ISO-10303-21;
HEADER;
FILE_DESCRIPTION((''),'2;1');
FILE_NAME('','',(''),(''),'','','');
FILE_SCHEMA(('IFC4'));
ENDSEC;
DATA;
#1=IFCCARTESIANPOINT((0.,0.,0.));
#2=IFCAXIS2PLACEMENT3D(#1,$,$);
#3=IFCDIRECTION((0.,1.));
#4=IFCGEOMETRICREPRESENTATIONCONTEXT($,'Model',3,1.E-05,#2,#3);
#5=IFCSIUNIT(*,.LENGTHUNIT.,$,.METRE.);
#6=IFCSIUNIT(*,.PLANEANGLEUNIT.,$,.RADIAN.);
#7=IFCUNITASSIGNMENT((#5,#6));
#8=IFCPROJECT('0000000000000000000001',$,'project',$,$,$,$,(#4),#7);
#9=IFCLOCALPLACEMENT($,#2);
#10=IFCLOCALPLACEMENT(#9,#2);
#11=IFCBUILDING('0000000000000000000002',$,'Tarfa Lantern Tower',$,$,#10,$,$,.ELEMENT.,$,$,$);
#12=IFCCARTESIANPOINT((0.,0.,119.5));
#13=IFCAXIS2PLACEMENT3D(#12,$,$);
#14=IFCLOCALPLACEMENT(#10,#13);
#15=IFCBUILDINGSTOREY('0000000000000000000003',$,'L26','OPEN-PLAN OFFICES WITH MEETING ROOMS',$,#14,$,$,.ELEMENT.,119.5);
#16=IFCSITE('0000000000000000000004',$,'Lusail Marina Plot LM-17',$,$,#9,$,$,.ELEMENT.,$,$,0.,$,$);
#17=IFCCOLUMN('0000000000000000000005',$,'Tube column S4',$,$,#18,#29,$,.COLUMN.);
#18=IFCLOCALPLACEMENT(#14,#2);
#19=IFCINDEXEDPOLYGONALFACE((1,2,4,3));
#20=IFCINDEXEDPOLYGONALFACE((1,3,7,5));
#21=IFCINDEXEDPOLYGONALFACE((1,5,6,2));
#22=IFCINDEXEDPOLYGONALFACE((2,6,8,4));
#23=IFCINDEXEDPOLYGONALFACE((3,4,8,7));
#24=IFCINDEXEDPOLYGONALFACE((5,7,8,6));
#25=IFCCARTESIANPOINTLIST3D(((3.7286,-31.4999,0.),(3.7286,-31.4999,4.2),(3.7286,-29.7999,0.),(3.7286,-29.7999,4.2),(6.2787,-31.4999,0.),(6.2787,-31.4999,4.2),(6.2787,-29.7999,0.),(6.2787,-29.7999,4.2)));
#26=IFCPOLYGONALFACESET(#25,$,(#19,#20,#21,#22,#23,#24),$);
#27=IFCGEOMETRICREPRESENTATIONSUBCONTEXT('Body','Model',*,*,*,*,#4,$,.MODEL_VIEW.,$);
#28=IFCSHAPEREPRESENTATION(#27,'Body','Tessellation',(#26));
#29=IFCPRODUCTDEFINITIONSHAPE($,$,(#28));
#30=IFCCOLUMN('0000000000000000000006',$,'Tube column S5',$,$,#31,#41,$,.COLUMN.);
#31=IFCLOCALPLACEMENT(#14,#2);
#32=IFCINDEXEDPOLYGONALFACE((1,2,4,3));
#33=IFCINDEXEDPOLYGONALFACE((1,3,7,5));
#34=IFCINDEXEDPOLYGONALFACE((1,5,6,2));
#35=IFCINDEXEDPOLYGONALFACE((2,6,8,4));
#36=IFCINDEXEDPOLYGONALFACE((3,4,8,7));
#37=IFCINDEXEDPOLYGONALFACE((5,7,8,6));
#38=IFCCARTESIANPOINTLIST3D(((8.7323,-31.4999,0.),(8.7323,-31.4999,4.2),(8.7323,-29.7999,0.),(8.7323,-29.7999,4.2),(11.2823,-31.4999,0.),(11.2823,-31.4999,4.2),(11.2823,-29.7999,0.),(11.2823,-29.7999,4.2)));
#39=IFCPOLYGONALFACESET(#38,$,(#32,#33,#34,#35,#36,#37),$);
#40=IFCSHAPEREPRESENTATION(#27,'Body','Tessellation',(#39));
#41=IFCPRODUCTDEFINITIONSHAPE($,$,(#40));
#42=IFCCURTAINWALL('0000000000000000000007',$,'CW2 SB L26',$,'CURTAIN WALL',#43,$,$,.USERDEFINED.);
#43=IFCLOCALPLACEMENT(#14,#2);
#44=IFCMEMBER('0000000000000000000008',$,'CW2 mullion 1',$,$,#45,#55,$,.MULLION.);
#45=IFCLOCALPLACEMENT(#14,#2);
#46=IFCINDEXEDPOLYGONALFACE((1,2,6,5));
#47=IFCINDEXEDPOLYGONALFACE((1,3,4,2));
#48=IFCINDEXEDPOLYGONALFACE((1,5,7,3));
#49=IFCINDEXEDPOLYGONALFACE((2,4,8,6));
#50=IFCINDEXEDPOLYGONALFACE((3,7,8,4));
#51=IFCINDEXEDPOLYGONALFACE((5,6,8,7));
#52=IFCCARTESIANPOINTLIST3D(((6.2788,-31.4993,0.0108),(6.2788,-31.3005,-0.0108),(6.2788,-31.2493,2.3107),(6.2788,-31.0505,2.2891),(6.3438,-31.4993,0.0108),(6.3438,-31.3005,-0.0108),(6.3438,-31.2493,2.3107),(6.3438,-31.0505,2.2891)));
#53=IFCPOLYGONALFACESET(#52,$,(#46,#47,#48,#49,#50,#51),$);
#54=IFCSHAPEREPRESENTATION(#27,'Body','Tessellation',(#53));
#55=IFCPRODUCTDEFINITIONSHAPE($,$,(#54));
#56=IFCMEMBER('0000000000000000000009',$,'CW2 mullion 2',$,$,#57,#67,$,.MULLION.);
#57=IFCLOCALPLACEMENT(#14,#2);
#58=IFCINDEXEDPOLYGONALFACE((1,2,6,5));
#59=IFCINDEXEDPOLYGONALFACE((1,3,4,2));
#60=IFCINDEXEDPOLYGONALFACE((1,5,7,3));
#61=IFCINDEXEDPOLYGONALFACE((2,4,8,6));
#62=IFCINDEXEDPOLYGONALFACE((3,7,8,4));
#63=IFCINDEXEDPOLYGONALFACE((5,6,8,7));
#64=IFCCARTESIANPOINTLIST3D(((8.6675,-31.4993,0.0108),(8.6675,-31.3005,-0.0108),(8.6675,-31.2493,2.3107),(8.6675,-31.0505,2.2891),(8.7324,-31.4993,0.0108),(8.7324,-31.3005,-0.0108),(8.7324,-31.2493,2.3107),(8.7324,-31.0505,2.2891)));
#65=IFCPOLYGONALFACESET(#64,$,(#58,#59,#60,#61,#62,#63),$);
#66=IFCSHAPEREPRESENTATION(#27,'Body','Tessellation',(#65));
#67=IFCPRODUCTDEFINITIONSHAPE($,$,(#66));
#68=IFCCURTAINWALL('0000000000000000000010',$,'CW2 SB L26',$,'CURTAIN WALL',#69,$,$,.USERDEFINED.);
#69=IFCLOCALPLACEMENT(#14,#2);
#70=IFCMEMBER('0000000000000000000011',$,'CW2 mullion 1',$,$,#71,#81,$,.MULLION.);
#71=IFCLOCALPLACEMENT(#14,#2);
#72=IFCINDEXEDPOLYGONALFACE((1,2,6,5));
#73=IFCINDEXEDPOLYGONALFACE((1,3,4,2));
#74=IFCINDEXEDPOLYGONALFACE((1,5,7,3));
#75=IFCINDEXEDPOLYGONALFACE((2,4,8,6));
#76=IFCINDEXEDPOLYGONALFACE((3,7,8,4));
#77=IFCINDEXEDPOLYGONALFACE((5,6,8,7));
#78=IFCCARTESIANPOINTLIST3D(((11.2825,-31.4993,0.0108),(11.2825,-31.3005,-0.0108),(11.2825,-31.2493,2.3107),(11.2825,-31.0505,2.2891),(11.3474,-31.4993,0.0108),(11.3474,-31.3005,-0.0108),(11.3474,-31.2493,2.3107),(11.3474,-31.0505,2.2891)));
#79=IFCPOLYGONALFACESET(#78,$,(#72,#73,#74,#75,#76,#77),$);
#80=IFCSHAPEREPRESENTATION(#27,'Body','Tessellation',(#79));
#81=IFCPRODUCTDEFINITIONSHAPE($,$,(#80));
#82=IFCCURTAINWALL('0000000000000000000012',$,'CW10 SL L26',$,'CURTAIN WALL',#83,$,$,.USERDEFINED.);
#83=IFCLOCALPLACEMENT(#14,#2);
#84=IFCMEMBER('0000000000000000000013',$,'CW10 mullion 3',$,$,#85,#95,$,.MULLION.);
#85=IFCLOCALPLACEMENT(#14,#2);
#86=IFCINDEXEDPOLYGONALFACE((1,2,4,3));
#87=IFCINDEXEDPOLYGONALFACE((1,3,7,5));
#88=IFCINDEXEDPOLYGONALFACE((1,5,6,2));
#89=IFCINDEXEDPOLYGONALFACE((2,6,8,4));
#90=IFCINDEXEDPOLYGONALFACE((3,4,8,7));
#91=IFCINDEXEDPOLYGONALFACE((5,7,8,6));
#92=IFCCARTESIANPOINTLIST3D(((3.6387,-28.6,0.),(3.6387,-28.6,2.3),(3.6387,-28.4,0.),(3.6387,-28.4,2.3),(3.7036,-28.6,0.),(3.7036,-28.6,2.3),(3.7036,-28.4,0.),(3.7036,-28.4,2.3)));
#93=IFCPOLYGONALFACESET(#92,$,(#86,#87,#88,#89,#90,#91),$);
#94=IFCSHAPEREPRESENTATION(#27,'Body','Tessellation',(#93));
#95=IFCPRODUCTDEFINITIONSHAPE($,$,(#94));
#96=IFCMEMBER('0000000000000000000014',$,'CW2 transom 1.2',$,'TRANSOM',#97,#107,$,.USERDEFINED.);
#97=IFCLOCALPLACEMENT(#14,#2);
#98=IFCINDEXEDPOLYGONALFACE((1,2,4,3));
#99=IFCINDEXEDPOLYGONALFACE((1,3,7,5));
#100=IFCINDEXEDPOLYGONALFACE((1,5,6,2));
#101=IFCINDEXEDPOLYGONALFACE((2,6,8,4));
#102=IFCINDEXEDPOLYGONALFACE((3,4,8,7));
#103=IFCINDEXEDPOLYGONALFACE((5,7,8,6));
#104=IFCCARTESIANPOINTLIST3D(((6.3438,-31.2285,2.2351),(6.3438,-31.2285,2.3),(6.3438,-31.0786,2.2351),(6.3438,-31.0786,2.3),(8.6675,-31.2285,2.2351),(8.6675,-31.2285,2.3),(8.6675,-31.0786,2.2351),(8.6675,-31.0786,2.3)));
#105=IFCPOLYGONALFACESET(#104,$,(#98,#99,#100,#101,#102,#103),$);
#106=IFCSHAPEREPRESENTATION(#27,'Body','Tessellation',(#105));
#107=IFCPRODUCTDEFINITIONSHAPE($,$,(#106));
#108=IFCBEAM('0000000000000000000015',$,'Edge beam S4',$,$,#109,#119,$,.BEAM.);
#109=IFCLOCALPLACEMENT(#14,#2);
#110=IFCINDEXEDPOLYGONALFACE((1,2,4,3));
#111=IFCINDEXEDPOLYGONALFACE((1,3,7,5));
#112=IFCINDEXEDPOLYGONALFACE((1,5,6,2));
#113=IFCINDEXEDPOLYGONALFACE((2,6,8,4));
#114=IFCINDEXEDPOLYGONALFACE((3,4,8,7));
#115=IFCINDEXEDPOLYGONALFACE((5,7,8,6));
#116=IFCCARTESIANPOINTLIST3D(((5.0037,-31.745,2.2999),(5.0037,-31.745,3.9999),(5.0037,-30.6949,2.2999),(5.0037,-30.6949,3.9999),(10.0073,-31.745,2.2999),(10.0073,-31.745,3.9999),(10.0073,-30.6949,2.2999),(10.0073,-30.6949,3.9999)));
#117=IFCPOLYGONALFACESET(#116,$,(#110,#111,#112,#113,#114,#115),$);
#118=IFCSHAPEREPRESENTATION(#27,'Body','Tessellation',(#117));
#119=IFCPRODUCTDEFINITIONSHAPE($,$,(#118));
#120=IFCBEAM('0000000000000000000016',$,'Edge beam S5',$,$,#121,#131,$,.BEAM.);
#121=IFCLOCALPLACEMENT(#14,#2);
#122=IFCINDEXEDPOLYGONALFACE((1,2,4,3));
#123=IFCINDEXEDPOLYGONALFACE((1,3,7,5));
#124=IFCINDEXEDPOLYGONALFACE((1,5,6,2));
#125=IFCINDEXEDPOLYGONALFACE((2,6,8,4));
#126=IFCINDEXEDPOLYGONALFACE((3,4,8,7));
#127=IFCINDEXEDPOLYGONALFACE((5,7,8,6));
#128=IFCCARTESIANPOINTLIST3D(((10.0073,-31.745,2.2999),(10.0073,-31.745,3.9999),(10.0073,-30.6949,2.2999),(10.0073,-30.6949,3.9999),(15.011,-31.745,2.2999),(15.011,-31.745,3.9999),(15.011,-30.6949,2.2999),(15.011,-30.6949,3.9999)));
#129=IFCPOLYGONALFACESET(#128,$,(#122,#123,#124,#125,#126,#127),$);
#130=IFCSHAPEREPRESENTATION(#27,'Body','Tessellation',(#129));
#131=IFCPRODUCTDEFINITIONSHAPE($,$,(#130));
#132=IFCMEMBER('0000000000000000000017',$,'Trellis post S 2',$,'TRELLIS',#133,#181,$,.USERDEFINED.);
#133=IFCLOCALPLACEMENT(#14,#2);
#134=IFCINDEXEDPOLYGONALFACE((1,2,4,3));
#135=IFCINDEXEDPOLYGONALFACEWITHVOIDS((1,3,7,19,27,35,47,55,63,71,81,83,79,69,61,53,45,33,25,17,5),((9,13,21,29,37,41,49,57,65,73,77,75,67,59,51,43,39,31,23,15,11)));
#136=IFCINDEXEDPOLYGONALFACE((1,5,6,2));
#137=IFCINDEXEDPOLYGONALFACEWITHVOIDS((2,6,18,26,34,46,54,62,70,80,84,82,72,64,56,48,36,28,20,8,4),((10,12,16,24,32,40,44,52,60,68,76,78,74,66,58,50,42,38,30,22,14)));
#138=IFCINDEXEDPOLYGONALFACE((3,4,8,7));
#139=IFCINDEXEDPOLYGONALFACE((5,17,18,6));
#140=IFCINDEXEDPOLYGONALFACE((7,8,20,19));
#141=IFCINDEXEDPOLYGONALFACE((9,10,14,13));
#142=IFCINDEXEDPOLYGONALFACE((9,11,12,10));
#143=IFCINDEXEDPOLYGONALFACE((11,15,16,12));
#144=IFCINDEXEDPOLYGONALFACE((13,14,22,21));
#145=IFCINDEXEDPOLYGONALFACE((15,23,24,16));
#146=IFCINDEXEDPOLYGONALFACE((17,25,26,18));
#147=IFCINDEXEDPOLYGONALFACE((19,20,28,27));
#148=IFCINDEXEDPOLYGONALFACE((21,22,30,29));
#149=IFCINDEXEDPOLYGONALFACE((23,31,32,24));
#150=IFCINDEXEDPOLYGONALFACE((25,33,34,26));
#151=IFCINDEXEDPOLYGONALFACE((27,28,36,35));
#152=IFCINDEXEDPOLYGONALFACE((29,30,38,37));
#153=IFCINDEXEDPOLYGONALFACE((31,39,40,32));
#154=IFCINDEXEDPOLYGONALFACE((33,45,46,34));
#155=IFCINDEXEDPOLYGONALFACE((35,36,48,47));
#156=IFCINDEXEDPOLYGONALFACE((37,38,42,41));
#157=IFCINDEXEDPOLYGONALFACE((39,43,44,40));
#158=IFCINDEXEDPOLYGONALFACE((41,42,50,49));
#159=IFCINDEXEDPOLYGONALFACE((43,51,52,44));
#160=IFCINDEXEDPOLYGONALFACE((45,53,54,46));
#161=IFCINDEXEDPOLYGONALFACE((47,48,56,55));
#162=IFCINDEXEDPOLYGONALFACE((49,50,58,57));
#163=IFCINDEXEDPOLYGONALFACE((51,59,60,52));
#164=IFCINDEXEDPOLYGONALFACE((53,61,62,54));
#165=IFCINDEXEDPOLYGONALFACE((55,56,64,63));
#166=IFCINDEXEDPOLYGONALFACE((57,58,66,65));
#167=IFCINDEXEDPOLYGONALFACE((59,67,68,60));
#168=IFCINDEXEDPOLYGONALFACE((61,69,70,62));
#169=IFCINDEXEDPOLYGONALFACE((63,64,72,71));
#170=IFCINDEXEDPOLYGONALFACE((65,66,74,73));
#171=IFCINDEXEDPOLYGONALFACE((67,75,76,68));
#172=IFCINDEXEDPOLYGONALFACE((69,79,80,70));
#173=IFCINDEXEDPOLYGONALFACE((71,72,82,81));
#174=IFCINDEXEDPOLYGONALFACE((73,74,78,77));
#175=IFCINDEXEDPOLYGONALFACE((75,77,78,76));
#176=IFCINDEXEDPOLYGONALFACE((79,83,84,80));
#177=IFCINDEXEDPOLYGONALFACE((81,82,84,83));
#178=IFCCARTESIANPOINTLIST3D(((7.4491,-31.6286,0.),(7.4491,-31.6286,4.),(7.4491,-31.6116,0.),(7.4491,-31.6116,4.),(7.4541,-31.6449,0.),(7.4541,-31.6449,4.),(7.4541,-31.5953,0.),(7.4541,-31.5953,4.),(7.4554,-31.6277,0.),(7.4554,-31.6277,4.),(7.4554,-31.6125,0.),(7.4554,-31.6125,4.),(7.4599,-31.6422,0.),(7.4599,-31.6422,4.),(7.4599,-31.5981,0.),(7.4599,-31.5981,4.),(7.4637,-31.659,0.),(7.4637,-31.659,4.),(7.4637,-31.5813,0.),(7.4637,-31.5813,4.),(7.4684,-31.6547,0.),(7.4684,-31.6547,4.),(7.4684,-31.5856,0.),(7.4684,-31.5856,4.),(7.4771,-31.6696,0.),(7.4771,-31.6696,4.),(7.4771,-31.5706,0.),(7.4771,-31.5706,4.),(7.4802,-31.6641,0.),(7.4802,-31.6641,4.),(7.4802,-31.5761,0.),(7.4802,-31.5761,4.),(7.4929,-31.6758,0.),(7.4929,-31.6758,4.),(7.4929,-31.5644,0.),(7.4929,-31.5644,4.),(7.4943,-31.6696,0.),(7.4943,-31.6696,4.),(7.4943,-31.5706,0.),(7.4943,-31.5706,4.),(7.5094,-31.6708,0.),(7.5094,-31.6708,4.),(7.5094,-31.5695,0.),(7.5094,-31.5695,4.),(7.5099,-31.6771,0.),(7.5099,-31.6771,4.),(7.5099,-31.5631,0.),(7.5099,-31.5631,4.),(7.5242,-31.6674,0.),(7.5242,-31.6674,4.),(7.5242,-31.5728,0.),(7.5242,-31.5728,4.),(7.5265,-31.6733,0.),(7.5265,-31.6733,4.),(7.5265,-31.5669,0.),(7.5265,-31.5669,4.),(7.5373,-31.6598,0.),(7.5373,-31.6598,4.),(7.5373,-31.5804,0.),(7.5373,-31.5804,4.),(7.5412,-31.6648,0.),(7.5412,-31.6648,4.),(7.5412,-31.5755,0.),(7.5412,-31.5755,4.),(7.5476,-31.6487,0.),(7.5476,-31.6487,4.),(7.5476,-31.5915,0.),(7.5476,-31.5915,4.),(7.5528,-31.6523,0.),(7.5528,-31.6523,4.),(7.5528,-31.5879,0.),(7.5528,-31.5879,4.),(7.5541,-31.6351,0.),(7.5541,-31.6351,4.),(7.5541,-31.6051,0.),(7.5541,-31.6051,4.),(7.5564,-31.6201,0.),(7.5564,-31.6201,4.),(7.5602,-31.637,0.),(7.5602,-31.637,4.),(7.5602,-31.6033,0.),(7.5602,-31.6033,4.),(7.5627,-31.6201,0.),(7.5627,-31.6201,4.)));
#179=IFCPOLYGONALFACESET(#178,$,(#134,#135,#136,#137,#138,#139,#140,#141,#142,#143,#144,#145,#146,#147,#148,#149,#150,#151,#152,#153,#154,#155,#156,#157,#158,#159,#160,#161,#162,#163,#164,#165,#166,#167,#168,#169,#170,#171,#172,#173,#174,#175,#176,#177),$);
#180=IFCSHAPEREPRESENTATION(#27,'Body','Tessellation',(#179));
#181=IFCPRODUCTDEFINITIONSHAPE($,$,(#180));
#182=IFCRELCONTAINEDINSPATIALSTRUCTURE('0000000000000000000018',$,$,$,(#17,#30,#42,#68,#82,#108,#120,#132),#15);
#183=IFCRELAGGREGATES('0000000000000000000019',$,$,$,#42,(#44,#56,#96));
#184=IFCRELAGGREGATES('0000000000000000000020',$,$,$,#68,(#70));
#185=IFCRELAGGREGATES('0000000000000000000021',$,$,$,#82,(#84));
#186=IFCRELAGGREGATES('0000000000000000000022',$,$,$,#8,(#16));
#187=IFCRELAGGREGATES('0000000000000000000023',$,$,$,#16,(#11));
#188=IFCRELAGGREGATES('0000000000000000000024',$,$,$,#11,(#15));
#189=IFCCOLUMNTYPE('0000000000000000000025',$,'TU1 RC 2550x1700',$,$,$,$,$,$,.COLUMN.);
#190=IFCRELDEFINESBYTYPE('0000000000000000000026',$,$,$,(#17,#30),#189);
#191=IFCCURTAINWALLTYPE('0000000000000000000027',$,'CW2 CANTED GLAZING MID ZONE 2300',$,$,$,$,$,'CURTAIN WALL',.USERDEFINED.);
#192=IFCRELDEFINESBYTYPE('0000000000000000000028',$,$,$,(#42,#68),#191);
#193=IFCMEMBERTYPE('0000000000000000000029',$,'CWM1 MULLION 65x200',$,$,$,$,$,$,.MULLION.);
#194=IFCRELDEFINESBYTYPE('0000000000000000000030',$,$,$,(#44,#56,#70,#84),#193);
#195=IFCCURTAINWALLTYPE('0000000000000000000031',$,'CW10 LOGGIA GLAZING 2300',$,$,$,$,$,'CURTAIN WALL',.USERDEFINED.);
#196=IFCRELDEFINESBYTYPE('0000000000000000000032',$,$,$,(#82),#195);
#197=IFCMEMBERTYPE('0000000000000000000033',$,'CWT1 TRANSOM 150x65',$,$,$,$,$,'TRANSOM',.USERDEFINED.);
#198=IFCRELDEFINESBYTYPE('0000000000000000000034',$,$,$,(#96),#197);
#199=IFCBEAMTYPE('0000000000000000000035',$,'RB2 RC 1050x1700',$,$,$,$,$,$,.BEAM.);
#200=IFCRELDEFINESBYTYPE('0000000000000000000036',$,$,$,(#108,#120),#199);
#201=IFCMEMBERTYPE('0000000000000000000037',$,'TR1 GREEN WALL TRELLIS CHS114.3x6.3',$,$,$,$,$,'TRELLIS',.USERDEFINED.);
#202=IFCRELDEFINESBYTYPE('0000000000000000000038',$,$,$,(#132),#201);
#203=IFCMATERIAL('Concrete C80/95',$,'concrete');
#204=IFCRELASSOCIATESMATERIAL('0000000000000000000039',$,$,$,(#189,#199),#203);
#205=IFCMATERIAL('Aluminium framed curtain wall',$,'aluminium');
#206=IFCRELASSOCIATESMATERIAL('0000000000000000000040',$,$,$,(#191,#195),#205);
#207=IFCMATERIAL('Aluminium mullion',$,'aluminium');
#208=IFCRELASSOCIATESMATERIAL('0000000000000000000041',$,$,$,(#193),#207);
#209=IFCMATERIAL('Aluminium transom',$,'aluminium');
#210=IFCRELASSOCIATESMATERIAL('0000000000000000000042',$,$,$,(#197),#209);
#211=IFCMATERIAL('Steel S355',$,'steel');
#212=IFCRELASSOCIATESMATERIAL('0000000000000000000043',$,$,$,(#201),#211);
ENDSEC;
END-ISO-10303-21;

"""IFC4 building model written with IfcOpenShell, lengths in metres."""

from ifc_helpers import new_model, si_unit, direction, frame, origin, origin_2d, place, context, subcontext, project, spatial, rectangle, hollow_circle, extrude, material, material_profile, profile_set, type_object, element, aggregate, save


model = new_model("IFC4")

# Units and contexts
model_context = context("Model", 3, precision=1e-05, world=origin(), true_north=direction((0.0, 1.0)))
body_context = subcontext(model_context, "Body", "Model", "MODEL_VIEW")
ifc_project = project(units=[si_unit("LENGTHUNIT", "METRE"), si_unit("PLANEANGLEUNIT", "RADIAN")], contexts=[model_context])

# Site, building, storey
site_placement = place(None, origin())
site = spatial("IfcSite", under=ifc_project, at=site_placement, Name="Lusail Marina Plot LM-17", CompositionType="ELEMENT", RefElevation=0.0)
building_placement = place(site_placement, origin())
building = spatial("IfcBuilding", under=site, at=building_placement, Name="Tarfa Lantern Tower", CompositionType="ELEMENT")
storey_placement = place(building_placement, frame((0.0, 0.0, 119.5)))
storey = spatial("IfcBuildingStorey", under=building, at=storey_placement, Name="L26", Description="OPEN-PLAN OFFICES WITH MEETING ROOMS", CompositionType="ELEMENT", Elevation=119.5)

# Columns
ifc_material_1 = material(Name="Concrete C80/95", Category="concrete")
ifc_material_profile_1 = material_profile(ifc_material_1, rectangle(XDim=2.55, YDim=1.7, at=origin_2d()), Name="RC 2550x1700")
ifc_profile_set_1 = profile_set([ifc_material_profile_1], Name="Concrete C80/95")
column_type = type_object("IfcColumnType", Name="TU1 RC 2550x1700", PredefinedType="COLUMN", material=ifc_profile_set_1)
for number, where, z_axis, x_axis, name in (
    (1, (5.0037, -30.6499, 0.0), (0.0, 0.0, 1.0), (1.0, 0.0, 0.0), "Tube column S4"),
    (2, (10.0073, -30.6499, 0.0), (0.0, 0.0, 1.0), (1.0, 0.0, 0.0), "Tube column S5"),
):
    element("IfcColumn", number, at=place(storey_placement, frame(where, z_axis=z_axis, x_axis=x_axis)), inside=storey, type_object=column_type, Name=name, PredefinedType="COLUMN", context=body_context, shape_type="SweptSolid", body=[
        extrude(rectangle(XDim=2.55, YDim=1.7, at=origin_2d()), origin(), (0.0, 0.0, 1.0), 4.2),
    ])

# Curtain wall, members
ifc_material_2 = material(Name="Aluminium framed curtain wall", Category="aluminium")
curtain_wall_type_1 = type_object("IfcCurtainWallType", Name="CW2 CANTED GLAZING MID ZONE 2300", ElementType="CURTAIN WALL", PredefinedType="USERDEFINED", material=ifc_material_2)
curtain_wall_1_placement = place(storey_placement, origin())
curtain_wall_1 = element("IfcCurtainWall", 3, at=curtain_wall_1_placement, inside=storey, type_object=curtain_wall_type_1, Name="CW2 SB L26", ObjectType="CURTAIN WALL", PredefinedType="USERDEFINED")
ifc_material_3 = material(Name="Aluminium mullion", Category="aluminium")
ifc_material_profile_2 = material_profile(ifc_material_3, rectangle(XDim=0.0649, YDim=0.2, at=origin_2d()), Name="AL MULLION 65x200")
ifc_profile_set_2 = profile_set([ifc_material_profile_2], Name="Aluminium mullion")
member_type_1 = type_object("IfcMemberType", Name="CWM1 MULLION 65x200", PredefinedType="MULLION", material=ifc_profile_set_2)
member_1_placement = place(storey_placement, frame((6.3113, -31.3999, 0.0), z_axis=(0.0, 0.108057, 0.994145), x_axis=(-1.0, 0.0, 0.0)))
member_1 = element("IfcMember", 4, at=member_1_placement, type_object=member_type_1, Name="CW2 mullion 1", PredefinedType="MULLION", context=body_context, shape_type="SweptSolid", body=[
    extrude(rectangle(XDim=0.0649, YDim=0.2, at=origin_2d()), origin(), (0.0, 0.0, 1.0), 2.3135),
])
member_2_placement = place(storey_placement, frame((8.7, -31.3999, 0.0), z_axis=(0.0, 0.108057, 0.994145), x_axis=(-1.0, 0.0, 0.0)))
member_2 = element("IfcMember", 5, at=member_2_placement, type_object=member_type_1, Name="CW2 mullion 2", PredefinedType="MULLION", context=body_context, shape_type="SweptSolid", body=[
    extrude(rectangle(XDim=0.0649, YDim=0.2, at=origin_2d()), origin(), (0.0, 0.0, 1.0), 2.3135),
])

# Curtain walls, members
curtain_wall_2_placement = place(storey_placement, origin())
curtain_wall_2 = element("IfcCurtainWall", 6, at=curtain_wall_2_placement, inside=storey, type_object=curtain_wall_type_1, Name="CW2 SB L26", ObjectType="CURTAIN WALL", PredefinedType="USERDEFINED")
member_3_placement = place(storey_placement, frame((11.3149, -31.3999, 0.0), z_axis=(0.0, 0.108057, 0.994145), x_axis=(-1.0, 0.0, 0.0)))
member_3 = element("IfcMember", 7, at=member_3_placement, type_object=member_type_1, Name="CW2 mullion 1", PredefinedType="MULLION", context=body_context, shape_type="SweptSolid", body=[
    extrude(rectangle(XDim=0.0649, YDim=0.2, at=origin_2d()), origin(), (0.0, 0.0, 1.0), 2.3135),
])
curtain_wall_type_2 = type_object("IfcCurtainWallType", Name="CW10 LOGGIA GLAZING 2300", ElementType="CURTAIN WALL", PredefinedType="USERDEFINED", material=ifc_material_2)
curtain_wall_3_placement = place(storey_placement, origin())
curtain_wall_3 = element("IfcCurtainWall", 8, at=curtain_wall_3_placement, inside=storey, type_object=curtain_wall_type_2, Name="CW10 SL L26", ObjectType="CURTAIN WALL", PredefinedType="USERDEFINED")
member_4_placement = place(storey_placement, frame((3.6711, -28.5, 0.0), z_axis=(0.0, 0.0, 1.0), x_axis=(1.0, 0.0, 0.0)))
member_4 = element("IfcMember", 9, at=member_4_placement, type_object=member_type_1, Name="CW10 mullion 3", PredefinedType="MULLION", context=body_context, shape_type="SweptSolid", body=[
    extrude(rectangle(XDim=0.0649, YDim=0.2, at=origin_2d()), origin(), (0.0, 0.0, 1.0), 2.3),
])

# Member
ifc_material_4 = material(Name="Aluminium transom", Category="aluminium")
ifc_material_profile_3 = material_profile(ifc_material_4, rectangle(XDim=0.1499, YDim=0.0649, at=origin_2d()), Name="AL TRANSOM 150x65")
ifc_profile_set_3 = profile_set([ifc_material_profile_3], Name="Aluminium transom")
member_type_2 = type_object("IfcMemberType", Name="CWT1 TRANSOM 150x65", ElementType="TRANSOM", PredefinedType="USERDEFINED", material=ifc_profile_set_3)
member_5_placement = place(storey_placement, frame((6.3438, -31.1536, 2.2676), z_axis=(1.0, 0.0, 0.0), x_axis=(0.0, 1.0, 0.0)))
member_5 = element("IfcMember", 10, at=member_5_placement, type_object=member_type_2, Name="CW2 transom 1.2", ObjectType="TRANSOM", PredefinedType="USERDEFINED", context=body_context, shape_type="SweptSolid", body=[
    extrude(rectangle(XDim=0.1499, YDim=0.0649, at=origin_2d()), origin(), (0.0, 0.0, 1.0), 2.3237),
])

# Beams
ifc_material_profile_4 = material_profile(ifc_material_1, rectangle(XDim=1.05, YDim=1.7, at=origin_2d()), Name="RC 1050x1700")
ifc_profile_set_4 = profile_set([ifc_material_profile_4], Name="Concrete C80/95")
beam_type_1 = type_object("IfcBeamType", Name="RB2 RC 1050x1700", PredefinedType="BEAM", material=ifc_profile_set_4)
for number, where, z_axis, x_axis, name in (
    (11, (5.0037, -31.22, 3.1499), (1.0, 0.0, 0.0), (0.0, 1.0, 0.0), "Edge beam S4"),
    (12, (10.0073, -31.22, 3.1499), (1.0, 0.0, 0.0), (0.0, 1.0, 0.0), "Edge beam S5"),
):
    element("IfcBeam", number, at=place(storey_placement, frame(where, z_axis=z_axis, x_axis=x_axis)), inside=storey, type_object=beam_type_1, Name=name, PredefinedType="BEAM", context=body_context, shape_type="SweptSolid", body=[
        extrude(rectangle(XDim=1.05, YDim=1.7, at=origin_2d()), origin(), (0.0, 0.0, 1.0), 5.0037),
    ])

# Member
ifc_material_5 = material(Name="Steel S355", Category="steel")
ifc_material_profile_5 = material_profile(ifc_material_5, hollow_circle(Radius=0.0571, WallThickness=0.0063, at=origin_2d()), Name="CHS114.3x6.3")
ifc_profile_set_5 = profile_set([ifc_material_profile_5], Name="Steel S355")
member_type_3 = type_object("IfcMemberType", Name="TR1 GREEN WALL TRELLIS CHS114.3x6.3", ElementType="TRELLIS", PredefinedType="USERDEFINED", material=ifc_profile_set_5)
member_6_placement = place(storey_placement, frame((7.5056, -31.6201, 0.0), z_axis=(0.0, 0.0, 1.0), x_axis=(1.0, 0.0, 0.0)))
element("IfcMember", 13, at=member_6_placement, inside=storey, type_object=member_type_3, Name="Trellis post S 2", ObjectType="TRELLIS", PredefinedType="USERDEFINED", context=body_context, shape_type="SweptSolid", body=[
    extrude(hollow_circle(Radius=0.0571, WallThickness=0.0063, at=origin_2d()), origin(), (0.0, 0.0, 1.0), 4.0),
])

aggregate(curtain_wall_1, [member_1, member_2, member_5])
aggregate(curtain_wall_2, [member_3])
aggregate(curtain_wall_3, [member_4])

save(model, "model.ifc")
